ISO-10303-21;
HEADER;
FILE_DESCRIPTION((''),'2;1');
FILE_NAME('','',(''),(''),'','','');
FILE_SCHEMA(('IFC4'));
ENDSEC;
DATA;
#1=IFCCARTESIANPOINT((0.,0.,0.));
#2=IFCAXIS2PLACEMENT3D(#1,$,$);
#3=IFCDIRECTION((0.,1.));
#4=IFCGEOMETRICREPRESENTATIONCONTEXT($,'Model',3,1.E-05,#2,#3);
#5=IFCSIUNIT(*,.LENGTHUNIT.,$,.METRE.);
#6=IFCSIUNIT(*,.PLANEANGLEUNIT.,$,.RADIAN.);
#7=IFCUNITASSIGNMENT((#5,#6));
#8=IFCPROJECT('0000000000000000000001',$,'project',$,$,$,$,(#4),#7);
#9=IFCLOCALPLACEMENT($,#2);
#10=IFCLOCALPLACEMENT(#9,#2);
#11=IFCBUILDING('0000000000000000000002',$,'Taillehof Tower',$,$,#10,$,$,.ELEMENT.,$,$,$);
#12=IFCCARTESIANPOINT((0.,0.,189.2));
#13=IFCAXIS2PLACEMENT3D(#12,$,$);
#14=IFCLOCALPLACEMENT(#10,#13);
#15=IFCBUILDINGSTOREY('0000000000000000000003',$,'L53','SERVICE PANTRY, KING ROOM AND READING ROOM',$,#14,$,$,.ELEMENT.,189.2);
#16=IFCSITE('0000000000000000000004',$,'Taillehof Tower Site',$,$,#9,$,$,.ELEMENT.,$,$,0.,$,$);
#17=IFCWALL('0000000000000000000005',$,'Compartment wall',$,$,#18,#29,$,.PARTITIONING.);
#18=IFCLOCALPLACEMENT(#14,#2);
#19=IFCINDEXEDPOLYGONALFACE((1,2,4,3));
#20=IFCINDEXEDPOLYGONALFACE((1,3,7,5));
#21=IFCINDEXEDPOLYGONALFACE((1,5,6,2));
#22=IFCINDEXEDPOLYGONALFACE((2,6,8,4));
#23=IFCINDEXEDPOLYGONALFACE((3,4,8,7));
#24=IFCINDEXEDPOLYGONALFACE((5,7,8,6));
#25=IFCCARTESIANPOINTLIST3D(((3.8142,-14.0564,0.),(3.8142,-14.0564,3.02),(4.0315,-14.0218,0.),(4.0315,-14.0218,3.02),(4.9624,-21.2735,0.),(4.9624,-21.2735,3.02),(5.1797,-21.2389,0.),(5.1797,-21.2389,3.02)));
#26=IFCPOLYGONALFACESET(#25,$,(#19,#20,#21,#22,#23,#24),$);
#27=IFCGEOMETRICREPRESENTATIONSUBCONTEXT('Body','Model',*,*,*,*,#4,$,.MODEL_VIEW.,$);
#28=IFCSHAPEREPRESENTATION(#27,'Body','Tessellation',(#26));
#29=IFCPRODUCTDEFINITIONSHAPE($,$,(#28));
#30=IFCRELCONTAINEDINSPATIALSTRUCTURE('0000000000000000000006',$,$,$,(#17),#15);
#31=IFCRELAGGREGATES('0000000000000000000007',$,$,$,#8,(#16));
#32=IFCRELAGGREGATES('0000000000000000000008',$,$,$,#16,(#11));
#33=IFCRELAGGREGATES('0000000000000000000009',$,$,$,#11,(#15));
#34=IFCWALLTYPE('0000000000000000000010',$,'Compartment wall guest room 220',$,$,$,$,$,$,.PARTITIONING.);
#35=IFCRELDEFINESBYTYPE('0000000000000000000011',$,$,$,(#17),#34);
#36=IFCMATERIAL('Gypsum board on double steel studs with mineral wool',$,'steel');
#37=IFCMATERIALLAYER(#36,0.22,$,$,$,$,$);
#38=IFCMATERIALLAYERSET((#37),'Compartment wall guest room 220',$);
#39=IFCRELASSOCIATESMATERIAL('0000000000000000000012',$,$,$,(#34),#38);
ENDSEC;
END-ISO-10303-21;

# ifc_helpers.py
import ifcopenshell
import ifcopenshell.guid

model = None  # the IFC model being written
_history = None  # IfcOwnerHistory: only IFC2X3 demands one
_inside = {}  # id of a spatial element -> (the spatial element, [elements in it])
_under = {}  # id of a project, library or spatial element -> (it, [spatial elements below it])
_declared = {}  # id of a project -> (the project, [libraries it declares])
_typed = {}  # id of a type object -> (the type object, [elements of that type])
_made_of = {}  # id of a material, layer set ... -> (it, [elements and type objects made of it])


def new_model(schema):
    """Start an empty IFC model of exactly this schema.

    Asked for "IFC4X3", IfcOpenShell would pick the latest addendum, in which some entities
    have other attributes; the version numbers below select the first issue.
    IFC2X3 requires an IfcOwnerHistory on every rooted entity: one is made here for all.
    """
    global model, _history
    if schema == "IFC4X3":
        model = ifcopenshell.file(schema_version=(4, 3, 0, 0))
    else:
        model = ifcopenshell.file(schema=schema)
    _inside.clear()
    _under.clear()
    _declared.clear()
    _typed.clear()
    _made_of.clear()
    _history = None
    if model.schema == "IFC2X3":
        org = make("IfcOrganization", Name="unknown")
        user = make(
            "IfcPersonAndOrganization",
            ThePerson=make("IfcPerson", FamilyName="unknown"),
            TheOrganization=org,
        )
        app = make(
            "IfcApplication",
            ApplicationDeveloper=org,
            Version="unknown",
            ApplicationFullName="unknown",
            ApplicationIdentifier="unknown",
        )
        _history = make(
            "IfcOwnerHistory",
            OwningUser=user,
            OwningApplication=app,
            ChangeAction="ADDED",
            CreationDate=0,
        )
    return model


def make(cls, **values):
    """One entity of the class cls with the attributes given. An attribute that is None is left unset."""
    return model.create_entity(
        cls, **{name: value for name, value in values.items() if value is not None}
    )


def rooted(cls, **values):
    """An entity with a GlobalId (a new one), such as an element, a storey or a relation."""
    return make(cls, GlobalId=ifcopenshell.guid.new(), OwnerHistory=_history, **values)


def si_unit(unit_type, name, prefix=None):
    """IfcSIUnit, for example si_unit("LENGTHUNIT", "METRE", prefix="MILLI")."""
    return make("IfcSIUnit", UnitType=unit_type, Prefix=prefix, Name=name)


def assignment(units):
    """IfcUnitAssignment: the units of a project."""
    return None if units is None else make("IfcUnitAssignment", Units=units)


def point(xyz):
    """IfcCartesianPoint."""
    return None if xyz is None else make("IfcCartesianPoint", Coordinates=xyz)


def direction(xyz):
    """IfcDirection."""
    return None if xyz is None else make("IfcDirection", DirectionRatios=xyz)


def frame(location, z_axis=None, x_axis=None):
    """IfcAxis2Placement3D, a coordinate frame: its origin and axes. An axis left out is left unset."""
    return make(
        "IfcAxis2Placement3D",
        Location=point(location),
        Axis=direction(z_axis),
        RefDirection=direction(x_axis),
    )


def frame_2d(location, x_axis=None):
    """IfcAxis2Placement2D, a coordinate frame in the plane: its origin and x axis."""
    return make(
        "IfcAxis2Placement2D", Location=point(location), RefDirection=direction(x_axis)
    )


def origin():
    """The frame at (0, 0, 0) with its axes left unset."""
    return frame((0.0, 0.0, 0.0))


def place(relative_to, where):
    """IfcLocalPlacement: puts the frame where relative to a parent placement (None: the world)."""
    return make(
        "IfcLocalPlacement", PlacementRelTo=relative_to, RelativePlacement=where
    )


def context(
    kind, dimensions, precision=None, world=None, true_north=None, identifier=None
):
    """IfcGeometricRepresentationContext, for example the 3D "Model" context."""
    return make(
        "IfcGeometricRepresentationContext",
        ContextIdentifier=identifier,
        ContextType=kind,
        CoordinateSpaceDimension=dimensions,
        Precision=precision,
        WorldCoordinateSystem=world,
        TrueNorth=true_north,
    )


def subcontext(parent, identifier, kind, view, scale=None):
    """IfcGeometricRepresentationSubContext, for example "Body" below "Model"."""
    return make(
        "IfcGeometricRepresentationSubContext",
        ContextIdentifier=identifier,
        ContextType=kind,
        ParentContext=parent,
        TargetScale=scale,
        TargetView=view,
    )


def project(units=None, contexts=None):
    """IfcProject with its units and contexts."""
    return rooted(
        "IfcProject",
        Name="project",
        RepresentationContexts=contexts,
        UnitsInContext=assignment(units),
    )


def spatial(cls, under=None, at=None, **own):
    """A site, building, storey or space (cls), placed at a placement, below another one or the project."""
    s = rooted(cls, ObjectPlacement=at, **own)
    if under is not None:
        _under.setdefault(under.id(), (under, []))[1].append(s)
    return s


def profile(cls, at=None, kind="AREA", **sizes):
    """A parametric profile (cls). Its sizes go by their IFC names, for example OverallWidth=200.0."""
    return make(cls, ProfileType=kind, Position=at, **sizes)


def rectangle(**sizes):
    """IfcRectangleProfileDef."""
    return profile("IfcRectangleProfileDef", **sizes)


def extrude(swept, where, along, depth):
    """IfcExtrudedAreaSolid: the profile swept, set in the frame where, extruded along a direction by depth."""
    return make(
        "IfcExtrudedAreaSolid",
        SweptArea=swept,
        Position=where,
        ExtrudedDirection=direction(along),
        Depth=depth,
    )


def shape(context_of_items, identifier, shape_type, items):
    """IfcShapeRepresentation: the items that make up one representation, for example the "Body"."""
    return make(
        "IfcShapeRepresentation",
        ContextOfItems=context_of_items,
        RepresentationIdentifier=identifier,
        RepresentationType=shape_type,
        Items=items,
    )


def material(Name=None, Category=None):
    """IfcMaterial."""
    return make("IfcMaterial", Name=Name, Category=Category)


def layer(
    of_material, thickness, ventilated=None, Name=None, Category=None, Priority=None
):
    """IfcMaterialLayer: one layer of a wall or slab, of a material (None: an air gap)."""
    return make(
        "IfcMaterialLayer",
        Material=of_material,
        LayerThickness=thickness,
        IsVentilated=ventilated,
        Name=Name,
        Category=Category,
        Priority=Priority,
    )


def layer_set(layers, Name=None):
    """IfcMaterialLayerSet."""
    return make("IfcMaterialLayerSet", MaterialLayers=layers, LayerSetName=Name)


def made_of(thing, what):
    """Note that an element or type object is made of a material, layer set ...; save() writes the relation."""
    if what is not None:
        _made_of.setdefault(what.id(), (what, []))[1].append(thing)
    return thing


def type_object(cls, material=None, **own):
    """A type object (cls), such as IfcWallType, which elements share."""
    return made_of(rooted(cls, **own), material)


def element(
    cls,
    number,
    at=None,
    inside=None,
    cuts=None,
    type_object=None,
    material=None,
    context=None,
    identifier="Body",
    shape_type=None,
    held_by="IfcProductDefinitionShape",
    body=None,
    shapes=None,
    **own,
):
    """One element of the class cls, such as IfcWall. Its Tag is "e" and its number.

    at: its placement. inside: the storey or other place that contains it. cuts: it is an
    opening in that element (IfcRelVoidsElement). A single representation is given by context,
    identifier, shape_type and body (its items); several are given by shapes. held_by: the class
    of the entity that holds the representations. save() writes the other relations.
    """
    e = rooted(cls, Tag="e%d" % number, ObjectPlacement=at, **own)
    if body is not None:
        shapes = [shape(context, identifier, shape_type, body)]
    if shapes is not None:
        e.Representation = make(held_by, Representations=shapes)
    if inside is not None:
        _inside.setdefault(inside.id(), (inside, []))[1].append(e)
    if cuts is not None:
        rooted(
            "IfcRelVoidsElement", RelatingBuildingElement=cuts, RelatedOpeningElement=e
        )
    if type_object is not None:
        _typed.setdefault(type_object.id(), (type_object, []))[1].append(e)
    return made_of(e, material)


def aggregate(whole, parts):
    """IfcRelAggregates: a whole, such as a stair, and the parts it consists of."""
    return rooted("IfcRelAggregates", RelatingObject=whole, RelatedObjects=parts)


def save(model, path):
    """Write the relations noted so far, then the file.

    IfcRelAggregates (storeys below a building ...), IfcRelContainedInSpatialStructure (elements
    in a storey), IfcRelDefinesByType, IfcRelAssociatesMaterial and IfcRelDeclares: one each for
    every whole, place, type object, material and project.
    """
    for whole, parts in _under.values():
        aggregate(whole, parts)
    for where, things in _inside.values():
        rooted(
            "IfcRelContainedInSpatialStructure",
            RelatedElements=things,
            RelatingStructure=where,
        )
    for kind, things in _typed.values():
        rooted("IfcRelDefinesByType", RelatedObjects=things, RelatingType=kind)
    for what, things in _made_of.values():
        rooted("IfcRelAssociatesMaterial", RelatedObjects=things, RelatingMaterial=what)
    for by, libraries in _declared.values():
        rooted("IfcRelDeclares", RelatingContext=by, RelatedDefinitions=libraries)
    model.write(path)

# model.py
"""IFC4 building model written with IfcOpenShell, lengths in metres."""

from ifc_helpers import new_model, si_unit, direction, frame, frame_2d, origin, place, context, subcontext, project, spatial, rectangle, extrude, material, layer, layer_set, type_object, element, save


model = new_model("IFC4")

# Units and contexts
model_context = context("Model", 3, precision=1e-05, world=origin(), true_north=direction((0.0, 1.0)))
body_context = subcontext(model_context, "Body", "Model", "MODEL_VIEW")
ifc_project = project(units=[si_unit("LENGTHUNIT", "METRE"), si_unit("PLANEANGLEUNIT", "RADIAN")], contexts=[model_context])

# Site, building, storey
site_placement = place(None, origin())
site = spatial("IfcSite", under=ifc_project, at=site_placement, Name="Taillehof Tower Site", CompositionType="ELEMENT", RefElevation=0.0)
building_placement = place(site_placement, origin())
building = spatial("IfcBuilding", under=site, at=building_placement, Name="Taillehof Tower", CompositionType="ELEMENT")
storey_placement = place(building_placement, frame((0.0, 0.0, 189.2)))
storey = spatial("IfcBuildingStorey", under=building, at=storey_placement, Name="L53", Description="SERVICE PANTRY, KING ROOM AND READING ROOM", CompositionType="ELEMENT", Elevation=189.2)

# Wall
ifc_material_1 = material(Name="Gypsum board on double steel studs with mineral wool", Category="steel")
ifc_layer_1 = layer(ifc_material_1, 0.22)
ifc_layer_set_1 = layer_set([ifc_layer_1], Name="Compartment wall guest room 220")
wall_type_1 = type_object("IfcWallType", Name="Compartment wall guest room 220", PredefinedType="PARTITIONING", material=ifc_layer_set_1)
wall_1_placement = place(storey_placement, frame((5.071, -21.2561, 0.0), z_axis=(0.0, 0.0, 1.0), x_axis=(-0.157119, 0.98758, 0.0)))
element("IfcWall", 1, at=wall_1_placement, inside=storey, type_object=wall_type_1, Name="Compartment wall", PredefinedType="PARTITIONING", context=body_context, shape_type="SweptSolid", body=[
    extrude(rectangle(XDim=7.3079, YDim=0.22, at=frame_2d((3.6538, 0.0))), origin(), (0.0, 0.0, 1.0), 3.02),
])

save(model, "model.ifc")
